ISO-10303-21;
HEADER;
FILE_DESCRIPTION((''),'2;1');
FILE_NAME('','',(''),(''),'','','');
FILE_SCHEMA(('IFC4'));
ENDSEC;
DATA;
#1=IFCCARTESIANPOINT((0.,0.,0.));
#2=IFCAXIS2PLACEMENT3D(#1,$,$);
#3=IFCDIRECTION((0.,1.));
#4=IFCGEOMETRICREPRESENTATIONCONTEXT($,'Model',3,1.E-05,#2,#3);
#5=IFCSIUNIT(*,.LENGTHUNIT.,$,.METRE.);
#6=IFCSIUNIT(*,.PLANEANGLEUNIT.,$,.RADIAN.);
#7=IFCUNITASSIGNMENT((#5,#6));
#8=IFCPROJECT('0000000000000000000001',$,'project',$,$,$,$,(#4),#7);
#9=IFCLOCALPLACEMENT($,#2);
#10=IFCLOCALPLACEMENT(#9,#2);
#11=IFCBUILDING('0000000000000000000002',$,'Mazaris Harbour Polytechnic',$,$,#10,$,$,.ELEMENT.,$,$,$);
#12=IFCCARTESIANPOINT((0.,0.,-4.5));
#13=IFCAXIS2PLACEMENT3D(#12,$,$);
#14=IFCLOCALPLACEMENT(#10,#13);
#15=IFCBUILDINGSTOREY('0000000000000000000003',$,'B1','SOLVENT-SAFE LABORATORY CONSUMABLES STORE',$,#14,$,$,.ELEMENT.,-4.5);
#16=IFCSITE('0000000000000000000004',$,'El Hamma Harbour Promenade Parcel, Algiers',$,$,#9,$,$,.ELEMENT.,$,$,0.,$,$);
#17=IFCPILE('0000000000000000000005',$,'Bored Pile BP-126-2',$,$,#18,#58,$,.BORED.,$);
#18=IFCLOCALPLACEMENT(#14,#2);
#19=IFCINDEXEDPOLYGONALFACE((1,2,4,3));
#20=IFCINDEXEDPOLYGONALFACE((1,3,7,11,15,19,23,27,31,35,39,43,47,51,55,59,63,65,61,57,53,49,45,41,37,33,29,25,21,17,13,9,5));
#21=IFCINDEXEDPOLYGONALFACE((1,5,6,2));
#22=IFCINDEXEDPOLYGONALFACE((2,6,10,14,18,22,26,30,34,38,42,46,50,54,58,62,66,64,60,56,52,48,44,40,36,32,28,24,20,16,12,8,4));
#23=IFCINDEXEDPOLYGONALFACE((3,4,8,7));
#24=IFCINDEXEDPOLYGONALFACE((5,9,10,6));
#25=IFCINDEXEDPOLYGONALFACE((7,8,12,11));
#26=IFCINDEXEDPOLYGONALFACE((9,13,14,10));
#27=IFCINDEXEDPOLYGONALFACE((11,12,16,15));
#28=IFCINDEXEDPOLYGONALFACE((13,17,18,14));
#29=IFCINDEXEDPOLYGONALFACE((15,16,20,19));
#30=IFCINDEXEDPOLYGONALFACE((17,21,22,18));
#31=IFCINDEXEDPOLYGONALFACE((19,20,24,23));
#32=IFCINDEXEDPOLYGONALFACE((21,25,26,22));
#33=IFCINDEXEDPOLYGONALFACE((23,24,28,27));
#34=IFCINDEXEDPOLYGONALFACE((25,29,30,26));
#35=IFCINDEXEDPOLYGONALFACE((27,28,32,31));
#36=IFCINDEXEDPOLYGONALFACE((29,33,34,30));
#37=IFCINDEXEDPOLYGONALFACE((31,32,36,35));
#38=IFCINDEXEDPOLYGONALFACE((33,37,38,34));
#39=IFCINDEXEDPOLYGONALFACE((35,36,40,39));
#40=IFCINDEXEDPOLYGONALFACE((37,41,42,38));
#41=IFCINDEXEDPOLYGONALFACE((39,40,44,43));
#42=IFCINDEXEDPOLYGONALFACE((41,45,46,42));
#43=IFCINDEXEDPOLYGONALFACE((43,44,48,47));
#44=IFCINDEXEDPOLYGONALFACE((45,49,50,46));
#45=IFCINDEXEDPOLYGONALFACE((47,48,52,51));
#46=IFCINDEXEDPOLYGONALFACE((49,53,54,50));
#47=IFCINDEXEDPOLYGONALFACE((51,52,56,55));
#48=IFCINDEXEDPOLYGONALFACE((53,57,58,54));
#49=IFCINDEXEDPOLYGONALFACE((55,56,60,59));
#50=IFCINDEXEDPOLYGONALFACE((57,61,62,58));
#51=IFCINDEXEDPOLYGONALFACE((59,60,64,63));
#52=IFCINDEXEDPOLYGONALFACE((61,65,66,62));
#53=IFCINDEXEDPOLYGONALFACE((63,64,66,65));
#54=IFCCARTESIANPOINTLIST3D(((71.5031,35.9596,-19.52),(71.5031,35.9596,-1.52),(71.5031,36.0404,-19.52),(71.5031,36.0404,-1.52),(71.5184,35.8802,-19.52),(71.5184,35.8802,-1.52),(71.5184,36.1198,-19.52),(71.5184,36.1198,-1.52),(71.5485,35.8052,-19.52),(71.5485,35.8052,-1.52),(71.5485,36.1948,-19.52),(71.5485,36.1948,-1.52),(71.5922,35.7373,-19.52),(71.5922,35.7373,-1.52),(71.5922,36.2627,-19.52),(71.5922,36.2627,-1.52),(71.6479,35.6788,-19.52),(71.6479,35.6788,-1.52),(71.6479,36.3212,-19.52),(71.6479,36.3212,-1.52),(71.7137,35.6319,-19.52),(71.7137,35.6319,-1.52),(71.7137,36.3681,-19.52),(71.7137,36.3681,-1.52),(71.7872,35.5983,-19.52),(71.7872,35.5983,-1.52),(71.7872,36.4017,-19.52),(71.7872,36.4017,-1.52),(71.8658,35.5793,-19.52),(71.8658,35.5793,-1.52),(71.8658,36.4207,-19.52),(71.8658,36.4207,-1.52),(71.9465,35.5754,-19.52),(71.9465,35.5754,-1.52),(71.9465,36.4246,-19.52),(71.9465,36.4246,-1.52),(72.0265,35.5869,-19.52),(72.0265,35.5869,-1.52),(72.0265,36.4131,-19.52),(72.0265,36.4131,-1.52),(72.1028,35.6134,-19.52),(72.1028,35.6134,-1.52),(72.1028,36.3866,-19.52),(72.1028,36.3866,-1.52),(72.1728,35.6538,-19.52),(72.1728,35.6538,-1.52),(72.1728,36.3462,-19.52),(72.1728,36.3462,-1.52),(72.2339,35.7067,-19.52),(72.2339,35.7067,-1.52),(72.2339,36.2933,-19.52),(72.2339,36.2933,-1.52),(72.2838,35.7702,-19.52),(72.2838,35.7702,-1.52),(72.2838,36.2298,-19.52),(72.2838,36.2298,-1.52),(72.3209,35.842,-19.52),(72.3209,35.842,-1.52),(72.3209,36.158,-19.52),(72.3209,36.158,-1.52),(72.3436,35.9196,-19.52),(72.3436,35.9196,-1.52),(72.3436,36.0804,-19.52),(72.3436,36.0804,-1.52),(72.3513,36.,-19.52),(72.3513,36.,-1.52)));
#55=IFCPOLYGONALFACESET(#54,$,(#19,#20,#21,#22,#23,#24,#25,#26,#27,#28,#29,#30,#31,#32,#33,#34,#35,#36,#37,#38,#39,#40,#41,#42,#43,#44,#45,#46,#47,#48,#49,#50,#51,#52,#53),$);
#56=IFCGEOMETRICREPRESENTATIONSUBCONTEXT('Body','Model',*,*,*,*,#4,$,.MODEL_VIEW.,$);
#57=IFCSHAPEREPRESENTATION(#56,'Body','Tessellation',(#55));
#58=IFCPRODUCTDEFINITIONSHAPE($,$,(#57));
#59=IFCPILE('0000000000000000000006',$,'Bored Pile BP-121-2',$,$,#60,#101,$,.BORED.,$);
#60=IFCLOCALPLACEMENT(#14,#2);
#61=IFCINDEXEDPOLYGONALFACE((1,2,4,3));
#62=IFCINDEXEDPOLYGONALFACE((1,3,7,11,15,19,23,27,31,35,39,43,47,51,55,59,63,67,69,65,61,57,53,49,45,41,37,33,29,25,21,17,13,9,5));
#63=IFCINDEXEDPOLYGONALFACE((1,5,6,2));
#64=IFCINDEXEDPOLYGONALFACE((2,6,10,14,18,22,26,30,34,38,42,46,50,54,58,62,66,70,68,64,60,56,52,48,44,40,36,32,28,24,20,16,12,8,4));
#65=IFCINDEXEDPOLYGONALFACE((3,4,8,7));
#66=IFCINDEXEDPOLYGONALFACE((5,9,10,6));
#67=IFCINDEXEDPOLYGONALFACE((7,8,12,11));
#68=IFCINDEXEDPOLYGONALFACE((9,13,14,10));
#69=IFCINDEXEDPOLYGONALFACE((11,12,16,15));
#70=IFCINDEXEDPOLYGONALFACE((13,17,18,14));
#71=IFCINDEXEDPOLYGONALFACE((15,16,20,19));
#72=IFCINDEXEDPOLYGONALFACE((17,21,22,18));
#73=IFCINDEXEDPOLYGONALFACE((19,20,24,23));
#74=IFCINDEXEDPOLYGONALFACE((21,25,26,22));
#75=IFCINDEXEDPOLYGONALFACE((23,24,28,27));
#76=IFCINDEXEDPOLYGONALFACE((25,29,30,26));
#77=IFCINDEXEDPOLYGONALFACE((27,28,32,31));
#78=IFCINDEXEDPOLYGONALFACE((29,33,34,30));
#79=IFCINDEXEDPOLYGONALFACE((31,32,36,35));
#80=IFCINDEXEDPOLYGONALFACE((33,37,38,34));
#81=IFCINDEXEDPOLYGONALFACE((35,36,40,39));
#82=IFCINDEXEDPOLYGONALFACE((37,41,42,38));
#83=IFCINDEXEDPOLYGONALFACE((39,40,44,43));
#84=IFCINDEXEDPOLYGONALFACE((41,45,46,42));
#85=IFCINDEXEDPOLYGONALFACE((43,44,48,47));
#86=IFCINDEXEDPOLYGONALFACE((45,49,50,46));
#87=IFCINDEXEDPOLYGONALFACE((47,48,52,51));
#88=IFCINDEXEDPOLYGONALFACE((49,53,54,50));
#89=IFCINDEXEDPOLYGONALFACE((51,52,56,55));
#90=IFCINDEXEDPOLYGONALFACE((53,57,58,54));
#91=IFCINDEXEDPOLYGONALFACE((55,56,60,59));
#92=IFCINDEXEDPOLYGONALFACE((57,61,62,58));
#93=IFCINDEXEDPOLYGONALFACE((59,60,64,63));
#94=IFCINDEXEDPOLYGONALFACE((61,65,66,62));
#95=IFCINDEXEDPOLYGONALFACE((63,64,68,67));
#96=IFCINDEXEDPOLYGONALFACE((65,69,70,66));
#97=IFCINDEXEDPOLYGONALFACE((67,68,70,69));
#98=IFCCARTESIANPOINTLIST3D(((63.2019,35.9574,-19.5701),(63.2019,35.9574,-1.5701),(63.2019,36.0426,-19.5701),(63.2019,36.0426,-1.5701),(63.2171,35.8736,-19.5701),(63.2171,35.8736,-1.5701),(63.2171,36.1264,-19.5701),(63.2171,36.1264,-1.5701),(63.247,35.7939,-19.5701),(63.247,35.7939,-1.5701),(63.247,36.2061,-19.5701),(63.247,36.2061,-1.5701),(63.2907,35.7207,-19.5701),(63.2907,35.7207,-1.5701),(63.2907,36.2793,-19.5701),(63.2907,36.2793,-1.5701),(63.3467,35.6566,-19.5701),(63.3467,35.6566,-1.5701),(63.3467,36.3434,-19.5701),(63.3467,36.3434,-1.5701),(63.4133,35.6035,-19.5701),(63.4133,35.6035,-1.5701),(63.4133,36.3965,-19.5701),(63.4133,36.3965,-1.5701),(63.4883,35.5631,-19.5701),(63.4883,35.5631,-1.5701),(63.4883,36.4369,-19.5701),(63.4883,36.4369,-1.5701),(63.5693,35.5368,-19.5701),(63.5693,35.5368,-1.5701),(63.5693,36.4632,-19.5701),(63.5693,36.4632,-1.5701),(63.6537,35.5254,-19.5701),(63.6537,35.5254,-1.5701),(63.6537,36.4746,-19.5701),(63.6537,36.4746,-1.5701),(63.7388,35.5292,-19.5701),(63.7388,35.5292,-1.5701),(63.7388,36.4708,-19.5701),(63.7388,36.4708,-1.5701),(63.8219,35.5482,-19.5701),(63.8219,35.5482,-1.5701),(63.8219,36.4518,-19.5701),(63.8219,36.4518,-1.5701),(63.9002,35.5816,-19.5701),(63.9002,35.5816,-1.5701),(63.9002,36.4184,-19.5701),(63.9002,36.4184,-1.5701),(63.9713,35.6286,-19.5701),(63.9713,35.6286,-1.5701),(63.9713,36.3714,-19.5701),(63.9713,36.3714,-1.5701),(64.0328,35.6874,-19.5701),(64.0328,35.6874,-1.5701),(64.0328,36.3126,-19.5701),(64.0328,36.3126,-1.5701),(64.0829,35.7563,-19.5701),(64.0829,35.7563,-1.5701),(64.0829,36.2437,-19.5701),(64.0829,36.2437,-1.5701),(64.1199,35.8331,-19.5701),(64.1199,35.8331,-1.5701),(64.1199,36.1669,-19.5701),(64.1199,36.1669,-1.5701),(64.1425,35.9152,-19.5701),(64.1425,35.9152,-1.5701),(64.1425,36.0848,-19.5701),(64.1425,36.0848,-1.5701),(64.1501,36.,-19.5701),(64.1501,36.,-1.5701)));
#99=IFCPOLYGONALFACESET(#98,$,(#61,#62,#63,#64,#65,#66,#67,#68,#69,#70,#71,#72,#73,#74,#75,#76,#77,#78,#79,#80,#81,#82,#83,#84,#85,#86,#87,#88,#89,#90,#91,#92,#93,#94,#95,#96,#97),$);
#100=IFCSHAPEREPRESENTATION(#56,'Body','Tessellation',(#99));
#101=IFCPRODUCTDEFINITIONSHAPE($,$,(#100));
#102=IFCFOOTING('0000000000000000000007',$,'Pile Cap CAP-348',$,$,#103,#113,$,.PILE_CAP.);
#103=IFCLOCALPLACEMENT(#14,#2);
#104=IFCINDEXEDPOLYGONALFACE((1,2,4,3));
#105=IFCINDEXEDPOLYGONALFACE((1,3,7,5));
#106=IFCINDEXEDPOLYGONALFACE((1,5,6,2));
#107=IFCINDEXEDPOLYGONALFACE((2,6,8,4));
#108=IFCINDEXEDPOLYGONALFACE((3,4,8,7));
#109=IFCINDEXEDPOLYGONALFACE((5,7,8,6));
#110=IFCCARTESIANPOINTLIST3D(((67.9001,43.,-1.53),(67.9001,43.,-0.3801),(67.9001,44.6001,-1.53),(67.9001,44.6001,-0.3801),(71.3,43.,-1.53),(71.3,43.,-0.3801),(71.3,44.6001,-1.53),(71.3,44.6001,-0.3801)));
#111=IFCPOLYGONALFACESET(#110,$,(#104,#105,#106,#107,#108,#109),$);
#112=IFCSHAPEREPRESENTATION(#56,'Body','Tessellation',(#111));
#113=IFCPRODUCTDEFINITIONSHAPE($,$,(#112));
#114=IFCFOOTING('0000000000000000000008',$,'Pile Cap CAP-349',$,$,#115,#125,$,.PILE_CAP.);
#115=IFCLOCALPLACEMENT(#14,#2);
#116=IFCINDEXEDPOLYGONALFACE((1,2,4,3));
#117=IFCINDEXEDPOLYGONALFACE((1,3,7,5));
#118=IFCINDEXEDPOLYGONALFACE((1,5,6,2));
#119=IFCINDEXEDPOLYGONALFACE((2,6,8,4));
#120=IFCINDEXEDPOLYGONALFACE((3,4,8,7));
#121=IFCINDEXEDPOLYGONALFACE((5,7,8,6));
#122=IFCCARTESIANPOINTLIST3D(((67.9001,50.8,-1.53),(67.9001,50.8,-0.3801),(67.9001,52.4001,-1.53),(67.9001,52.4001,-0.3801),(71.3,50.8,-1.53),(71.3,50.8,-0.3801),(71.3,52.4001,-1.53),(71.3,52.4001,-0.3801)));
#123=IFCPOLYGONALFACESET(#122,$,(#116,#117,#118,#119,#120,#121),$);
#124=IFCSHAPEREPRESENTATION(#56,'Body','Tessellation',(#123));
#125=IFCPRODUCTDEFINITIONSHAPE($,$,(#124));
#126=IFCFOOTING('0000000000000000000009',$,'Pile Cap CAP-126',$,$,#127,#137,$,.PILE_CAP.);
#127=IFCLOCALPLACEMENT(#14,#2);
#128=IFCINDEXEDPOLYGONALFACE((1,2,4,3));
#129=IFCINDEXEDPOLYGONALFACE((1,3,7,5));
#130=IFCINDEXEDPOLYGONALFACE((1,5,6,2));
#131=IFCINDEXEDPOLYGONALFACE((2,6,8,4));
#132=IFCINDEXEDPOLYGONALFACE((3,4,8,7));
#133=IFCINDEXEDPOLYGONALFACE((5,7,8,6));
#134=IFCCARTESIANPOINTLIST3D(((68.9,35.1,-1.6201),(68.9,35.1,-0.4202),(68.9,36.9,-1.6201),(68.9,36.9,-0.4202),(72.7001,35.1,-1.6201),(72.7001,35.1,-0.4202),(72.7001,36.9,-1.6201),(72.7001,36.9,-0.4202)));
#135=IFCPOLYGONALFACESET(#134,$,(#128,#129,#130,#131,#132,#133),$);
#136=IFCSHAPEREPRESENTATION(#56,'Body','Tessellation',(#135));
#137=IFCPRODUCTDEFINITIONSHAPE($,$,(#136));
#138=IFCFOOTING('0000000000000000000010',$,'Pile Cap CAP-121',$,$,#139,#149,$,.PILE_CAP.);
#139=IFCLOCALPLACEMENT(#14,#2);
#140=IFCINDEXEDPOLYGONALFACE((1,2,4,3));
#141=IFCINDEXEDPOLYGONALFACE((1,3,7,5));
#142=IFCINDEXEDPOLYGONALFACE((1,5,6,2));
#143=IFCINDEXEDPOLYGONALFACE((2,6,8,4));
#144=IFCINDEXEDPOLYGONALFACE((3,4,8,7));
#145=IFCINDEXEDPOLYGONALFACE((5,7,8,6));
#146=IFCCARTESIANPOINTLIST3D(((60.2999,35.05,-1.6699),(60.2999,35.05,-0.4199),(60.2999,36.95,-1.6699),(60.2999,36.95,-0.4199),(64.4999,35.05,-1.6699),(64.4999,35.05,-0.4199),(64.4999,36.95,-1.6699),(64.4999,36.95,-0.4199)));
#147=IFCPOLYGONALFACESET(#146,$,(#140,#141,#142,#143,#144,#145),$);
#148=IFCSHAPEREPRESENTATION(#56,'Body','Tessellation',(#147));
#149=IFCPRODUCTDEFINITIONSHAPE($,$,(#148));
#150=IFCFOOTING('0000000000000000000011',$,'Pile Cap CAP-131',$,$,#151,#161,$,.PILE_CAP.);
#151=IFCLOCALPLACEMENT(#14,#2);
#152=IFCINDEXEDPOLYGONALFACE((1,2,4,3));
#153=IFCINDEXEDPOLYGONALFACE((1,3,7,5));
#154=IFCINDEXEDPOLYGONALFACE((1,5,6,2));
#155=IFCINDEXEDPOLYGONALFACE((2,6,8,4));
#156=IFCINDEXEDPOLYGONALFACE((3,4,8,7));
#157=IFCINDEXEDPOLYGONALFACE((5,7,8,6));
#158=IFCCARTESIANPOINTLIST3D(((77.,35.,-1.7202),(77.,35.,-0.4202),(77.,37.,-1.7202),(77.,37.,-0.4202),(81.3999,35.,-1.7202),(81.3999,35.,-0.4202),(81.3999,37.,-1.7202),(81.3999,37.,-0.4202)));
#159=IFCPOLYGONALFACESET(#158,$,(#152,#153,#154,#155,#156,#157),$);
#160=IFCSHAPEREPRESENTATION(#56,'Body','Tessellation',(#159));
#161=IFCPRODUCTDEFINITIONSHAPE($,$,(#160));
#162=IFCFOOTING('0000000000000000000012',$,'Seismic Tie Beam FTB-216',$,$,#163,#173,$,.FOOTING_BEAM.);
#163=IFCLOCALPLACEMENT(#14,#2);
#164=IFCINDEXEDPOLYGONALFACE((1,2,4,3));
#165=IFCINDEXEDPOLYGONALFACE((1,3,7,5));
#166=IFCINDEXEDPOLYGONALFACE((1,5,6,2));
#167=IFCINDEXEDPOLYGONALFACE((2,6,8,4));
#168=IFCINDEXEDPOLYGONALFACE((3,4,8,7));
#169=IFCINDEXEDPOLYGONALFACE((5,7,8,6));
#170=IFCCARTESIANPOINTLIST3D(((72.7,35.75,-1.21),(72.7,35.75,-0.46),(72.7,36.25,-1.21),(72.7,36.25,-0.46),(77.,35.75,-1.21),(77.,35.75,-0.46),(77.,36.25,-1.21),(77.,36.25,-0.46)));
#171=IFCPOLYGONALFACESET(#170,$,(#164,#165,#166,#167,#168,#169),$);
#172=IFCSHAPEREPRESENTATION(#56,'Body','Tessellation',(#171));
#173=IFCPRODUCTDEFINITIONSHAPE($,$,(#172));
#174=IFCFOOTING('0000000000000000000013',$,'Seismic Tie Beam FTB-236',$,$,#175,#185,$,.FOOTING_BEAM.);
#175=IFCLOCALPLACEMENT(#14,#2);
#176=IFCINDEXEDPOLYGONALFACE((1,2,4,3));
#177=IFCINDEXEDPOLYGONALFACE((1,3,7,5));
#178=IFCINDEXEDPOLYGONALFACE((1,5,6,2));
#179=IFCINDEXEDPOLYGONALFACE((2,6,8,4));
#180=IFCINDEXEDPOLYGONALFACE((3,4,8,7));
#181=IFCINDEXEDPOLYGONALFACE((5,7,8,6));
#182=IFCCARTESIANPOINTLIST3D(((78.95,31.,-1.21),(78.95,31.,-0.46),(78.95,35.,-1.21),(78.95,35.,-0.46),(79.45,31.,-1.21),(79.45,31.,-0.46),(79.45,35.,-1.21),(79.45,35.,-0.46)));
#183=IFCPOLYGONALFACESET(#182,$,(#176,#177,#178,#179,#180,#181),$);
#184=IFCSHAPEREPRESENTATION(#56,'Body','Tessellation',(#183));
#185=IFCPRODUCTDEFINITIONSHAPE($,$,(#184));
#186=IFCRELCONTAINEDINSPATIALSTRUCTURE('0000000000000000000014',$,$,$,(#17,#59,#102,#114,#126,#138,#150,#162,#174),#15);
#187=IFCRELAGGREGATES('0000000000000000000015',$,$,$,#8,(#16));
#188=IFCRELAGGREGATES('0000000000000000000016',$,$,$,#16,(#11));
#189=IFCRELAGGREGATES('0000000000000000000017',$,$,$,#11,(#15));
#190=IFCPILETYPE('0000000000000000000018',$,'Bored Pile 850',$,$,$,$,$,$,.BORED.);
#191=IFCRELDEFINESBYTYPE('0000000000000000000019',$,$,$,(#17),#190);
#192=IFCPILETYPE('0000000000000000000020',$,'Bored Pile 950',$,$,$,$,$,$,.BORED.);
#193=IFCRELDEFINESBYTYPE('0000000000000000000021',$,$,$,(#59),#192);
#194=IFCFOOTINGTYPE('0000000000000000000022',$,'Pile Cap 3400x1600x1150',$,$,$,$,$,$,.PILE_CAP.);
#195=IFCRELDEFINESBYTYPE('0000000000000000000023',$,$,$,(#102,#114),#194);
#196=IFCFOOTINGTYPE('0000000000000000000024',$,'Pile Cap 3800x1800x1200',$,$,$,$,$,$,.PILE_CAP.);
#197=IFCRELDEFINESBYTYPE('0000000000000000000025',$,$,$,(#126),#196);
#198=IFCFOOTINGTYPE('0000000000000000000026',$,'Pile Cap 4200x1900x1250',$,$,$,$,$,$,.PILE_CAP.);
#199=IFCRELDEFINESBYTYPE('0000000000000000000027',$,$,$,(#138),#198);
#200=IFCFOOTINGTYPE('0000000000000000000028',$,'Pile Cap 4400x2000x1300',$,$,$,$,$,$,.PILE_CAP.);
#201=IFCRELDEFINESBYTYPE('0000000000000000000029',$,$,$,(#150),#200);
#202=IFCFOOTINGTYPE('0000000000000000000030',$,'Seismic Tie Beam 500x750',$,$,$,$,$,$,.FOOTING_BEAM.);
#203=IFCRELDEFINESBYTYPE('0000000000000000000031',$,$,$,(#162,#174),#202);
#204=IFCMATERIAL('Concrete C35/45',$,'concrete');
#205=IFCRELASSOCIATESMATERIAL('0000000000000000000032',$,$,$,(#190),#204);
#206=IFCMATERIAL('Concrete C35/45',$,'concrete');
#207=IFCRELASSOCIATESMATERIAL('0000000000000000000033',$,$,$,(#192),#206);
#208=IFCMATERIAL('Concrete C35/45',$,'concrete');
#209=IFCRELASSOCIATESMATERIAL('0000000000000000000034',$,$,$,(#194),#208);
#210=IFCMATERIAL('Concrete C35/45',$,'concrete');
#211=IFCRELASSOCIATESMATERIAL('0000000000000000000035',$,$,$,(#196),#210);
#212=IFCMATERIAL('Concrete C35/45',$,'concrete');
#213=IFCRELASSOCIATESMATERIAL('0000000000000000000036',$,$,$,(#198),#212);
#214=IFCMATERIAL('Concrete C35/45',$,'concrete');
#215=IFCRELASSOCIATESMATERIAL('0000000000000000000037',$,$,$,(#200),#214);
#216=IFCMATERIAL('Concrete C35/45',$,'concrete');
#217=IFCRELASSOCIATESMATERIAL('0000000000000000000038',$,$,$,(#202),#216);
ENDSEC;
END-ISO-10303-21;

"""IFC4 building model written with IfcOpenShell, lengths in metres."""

from ifc_helpers import new_model, si_unit, direction, frame, origin, origin_2d, place, context, subcontext, project, spatial, rectangle, circle, extrude, material, material_profile, profile_set, type_object, element, save


model = new_model("IFC4")

# Units and contexts
model_context = context("Model", 3, precision=1e-05, world=origin(), true_north=direction((0.0, 1.0)))
body_context = subcontext(model_context, "Body", "Model", "MODEL_VIEW")
ifc_project = project(units=[si_unit("LENGTHUNIT", "METRE"), si_unit("PLANEANGLEUNIT", "RADIAN")], contexts=[model_context])

# Site, building, storey
site_placement = place(None, origin())
site = spatial("IfcSite", under=ifc_project, at=site_placement, Name="El Hamma Harbour Promenade Parcel, Algiers", CompositionType="ELEMENT", RefElevation=0.0)
building_placement = place(site_placement, origin())
building = spatial("IfcBuilding", under=site, at=building_placement, Name="Mazaris Harbour Polytechnic", CompositionType="ELEMENT")
storey_placement = place(building_placement, frame((0.0, 0.0, -4.5)))
storey = spatial("IfcBuildingStorey", under=building, at=storey_placement, Name="B1", Description="SOLVENT-SAFE LABORATORY CONSUMABLES STORE", CompositionType="ELEMENT", Elevation=-4.5)

# Piles
ifc_material_1 = material(Name="Concrete C35/45", Category="concrete")
ifc_material_profile_1 = material_profile(ifc_material_1, circle(Radius=0.425, at=origin_2d()), Name="DIA850")
ifc_profile_set_1 = profile_set([ifc_material_profile_1], Name="Concrete C35/45")
pile_type_1 = type_object("IfcPileType", Name="Bored Pile 850", PredefinedType="BORED", material=ifc_profile_set_1)
for number, where, z_axis, x_axis, name in (
    (1, (71.9263, 36.0, -1.52), (0.0, 0.0, -1.0), (1.0, 0.0, 0.0), "Bored Pile BP-126-2"),
):
    element("IfcPile", number, at=place(storey_placement, frame(where, z_axis=z_axis, x_axis=x_axis)), inside=storey, type_object=pile_type_1, Name=name, PredefinedType="BORED", context=body_context, shape_type="SweptSolid", body=[
        extrude(circle(Radius=0.425, at=origin_2d()), origin(), (0.0, 0.0, 1.0), 18.0),
    ])
ifc_material_2 = material(Name="Concrete C35/45", Category="concrete")
ifc_material_profile_2 = material_profile(ifc_material_2, circle(Radius=0.4751, at=origin_2d()), Name="DIA950")
ifc_profile_set_2 = profile_set([ifc_material_profile_2], Name="Concrete C35/45")
pile_type_2 = type_object("IfcPileType", Name="Bored Pile 950", PredefinedType="BORED", material=ifc_profile_set_2)
pile_1_placement = place(storey_placement, frame((63.675, 36.0, -1.5701), z_axis=(0.0, 0.0, -1.0), x_axis=(1.0, 0.0, 0.0)))
element("IfcPile", 2, at=pile_1_placement, inside=storey, type_object=pile_type_2, Name="Bored Pile BP-121-2", PredefinedType="BORED", context=body_context, shape_type="SweptSolid", body=[
    extrude(circle(Radius=0.4751, at=origin_2d()), origin(), (0.0, 0.0, 1.0), 18.0),
])

# Footings
ifc_material_3 = material(Name="Concrete C35/45", Category="concrete")
footing_type_1 = type_object("IfcFootingType", Name="Pile Cap 3400x1600x1150", PredefinedType="PILE_CAP", material=ifc_material_3)
for number, where, z_axis, x_axis, name in (
    (3, (69.6001, 43.8, -1.53), (0.0, 0.0, 1.0), (1.0, 0.0, 0.0), "Pile Cap CAP-348"),
    (4, (69.6001, 51.6001, -1.53), (0.0, 0.0, 1.0), (1.0, 0.0, 0.0), "Pile Cap CAP-349"),
):
    element("IfcFooting", number, at=place(storey_placement, frame(where, z_axis=z_axis, x_axis=x_axis)), inside=storey, type_object=footing_type_1, Name=name, PredefinedType="PILE_CAP", context=body_context, shape_type="SweptSolid", body=[
        extrude(rectangle(XDim=3.3999, YDim=1.6001, at=origin_2d()), origin(), (0.0, 0.0, 1.0), 1.1499),
    ])
ifc_material_4 = material(Name="Concrete C35/45", Category="concrete")
footing_type_2 = type_object("IfcFootingType", Name="Pile Cap 3800x1800x1200", PredefinedType="PILE_CAP", material=ifc_material_4)
footing_1_placement = place(storey_placement, frame((70.8, 36.0, -1.6201), z_axis=(0.0, 0.0, 1.0), x_axis=(1.0, 0.0, 0.0)))
element("IfcFooting", 5, at=footing_1_placement, inside=storey, type_object=footing_type_2, Name="Pile Cap CAP-126", PredefinedType="PILE_CAP", context=body_context, shape_type="SweptSolid", body=[
    extrude(rectangle(XDim=3.8, YDim=1.8, at=origin_2d()), origin(), (0.0, 0.0, 1.0), 1.2),
])
ifc_material_5 = material(Name="Concrete C35/45", Category="concrete")
footing_type_3 = type_object("IfcFootingType", Name="Pile Cap 4200x1900x1250", PredefinedType="PILE_CAP", material=ifc_material_5)
footing_2_placement = place(storey_placement, frame((62.3999, 36.0, -1.6699), z_axis=(0.0, 0.0, 1.0), x_axis=(1.0, 0.0, 0.0)))
element("IfcFooting", 6, at=footing_2_placement, inside=storey, type_object=footing_type_3, Name="Pile Cap CAP-121", PredefinedType="PILE_CAP", context=body_context, shape_type="SweptSolid", body=[
    extrude(rectangle(XDim=4.2, YDim=1.8999, at=origin_2d()), origin(), (0.0, 0.0, 1.0), 1.25),
])
ifc_material_6 = material(Name="Concrete C35/45", Category="concrete")
footing_type_4 = type_object("IfcFootingType", Name="Pile Cap 4400x2000x1300", PredefinedType="PILE_CAP", material=ifc_material_6)
footing_3_placement = place(storey_placement, frame((79.2, 36.0, -1.7202), z_axis=(0.0, 0.0, 1.0), x_axis=(1.0, 0.0, 0.0)))
element("IfcFooting", 7, at=footing_3_placement, inside=storey, type_object=footing_type_4, Name="Pile Cap CAP-131", PredefinedType="PILE_CAP", context=body_context, shape_type="SweptSolid", body=[
    extrude(rectangle(XDim=4.3999, YDim=2.0, at=origin_2d()), origin(), (0.0, 0.0, 1.0), 1.3),
])
ifc_material_7 = material(Name="Concrete C35/45", Category="concrete")
ifc_material_profile_3 = material_profile(ifc_material_7, rectangle(XDim=0.5, YDim=0.75, at=origin_2d()), Name="RECT500x750")
ifc_profile_set_3 = profile_set([ifc_material_profile_3], Name="Concrete C35/45")
footing_type_5 = type_object("IfcFootingType", Name="Seismic Tie Beam 500x750", PredefinedType="FOOTING_BEAM", material=ifc_profile_set_3)
footing_4_placement = place(storey_placement, frame((72.7, 36.0, -0.835), z_axis=(1.0, 0.0, 0.0), x_axis=(0.0, 1.0, 0.0)))
element("IfcFooting", 8, at=footing_4_placement, inside=storey, type_object=footing_type_5, Name="Seismic Tie Beam FTB-216", PredefinedType="FOOTING_BEAM", context=body_context, shape_type="SweptSolid", body=[
    extrude(rectangle(XDim=0.5, YDim=0.75, at=origin_2d()), origin(), (0.0, 0.0, 1.0), 4.3),
])
footing_5_placement = place(storey_placement, frame((79.2, 31.0, -0.835), z_axis=(0.0, 1.0, 0.0), x_axis=(-1.0, 0.0, 0.0)))
element("IfcFooting", 9, at=footing_5_placement, inside=storey, type_object=footing_type_5, Name="Seismic Tie Beam FTB-236", PredefinedType="FOOTING_BEAM", context=body_context, shape_type="SweptSolid", body=[
    extrude(rectangle(XDim=0.5, YDim=0.75, at=origin_2d()), origin(), (0.0, 0.0, 1.0), 4.0),
])

save(model, "model.ifc")
